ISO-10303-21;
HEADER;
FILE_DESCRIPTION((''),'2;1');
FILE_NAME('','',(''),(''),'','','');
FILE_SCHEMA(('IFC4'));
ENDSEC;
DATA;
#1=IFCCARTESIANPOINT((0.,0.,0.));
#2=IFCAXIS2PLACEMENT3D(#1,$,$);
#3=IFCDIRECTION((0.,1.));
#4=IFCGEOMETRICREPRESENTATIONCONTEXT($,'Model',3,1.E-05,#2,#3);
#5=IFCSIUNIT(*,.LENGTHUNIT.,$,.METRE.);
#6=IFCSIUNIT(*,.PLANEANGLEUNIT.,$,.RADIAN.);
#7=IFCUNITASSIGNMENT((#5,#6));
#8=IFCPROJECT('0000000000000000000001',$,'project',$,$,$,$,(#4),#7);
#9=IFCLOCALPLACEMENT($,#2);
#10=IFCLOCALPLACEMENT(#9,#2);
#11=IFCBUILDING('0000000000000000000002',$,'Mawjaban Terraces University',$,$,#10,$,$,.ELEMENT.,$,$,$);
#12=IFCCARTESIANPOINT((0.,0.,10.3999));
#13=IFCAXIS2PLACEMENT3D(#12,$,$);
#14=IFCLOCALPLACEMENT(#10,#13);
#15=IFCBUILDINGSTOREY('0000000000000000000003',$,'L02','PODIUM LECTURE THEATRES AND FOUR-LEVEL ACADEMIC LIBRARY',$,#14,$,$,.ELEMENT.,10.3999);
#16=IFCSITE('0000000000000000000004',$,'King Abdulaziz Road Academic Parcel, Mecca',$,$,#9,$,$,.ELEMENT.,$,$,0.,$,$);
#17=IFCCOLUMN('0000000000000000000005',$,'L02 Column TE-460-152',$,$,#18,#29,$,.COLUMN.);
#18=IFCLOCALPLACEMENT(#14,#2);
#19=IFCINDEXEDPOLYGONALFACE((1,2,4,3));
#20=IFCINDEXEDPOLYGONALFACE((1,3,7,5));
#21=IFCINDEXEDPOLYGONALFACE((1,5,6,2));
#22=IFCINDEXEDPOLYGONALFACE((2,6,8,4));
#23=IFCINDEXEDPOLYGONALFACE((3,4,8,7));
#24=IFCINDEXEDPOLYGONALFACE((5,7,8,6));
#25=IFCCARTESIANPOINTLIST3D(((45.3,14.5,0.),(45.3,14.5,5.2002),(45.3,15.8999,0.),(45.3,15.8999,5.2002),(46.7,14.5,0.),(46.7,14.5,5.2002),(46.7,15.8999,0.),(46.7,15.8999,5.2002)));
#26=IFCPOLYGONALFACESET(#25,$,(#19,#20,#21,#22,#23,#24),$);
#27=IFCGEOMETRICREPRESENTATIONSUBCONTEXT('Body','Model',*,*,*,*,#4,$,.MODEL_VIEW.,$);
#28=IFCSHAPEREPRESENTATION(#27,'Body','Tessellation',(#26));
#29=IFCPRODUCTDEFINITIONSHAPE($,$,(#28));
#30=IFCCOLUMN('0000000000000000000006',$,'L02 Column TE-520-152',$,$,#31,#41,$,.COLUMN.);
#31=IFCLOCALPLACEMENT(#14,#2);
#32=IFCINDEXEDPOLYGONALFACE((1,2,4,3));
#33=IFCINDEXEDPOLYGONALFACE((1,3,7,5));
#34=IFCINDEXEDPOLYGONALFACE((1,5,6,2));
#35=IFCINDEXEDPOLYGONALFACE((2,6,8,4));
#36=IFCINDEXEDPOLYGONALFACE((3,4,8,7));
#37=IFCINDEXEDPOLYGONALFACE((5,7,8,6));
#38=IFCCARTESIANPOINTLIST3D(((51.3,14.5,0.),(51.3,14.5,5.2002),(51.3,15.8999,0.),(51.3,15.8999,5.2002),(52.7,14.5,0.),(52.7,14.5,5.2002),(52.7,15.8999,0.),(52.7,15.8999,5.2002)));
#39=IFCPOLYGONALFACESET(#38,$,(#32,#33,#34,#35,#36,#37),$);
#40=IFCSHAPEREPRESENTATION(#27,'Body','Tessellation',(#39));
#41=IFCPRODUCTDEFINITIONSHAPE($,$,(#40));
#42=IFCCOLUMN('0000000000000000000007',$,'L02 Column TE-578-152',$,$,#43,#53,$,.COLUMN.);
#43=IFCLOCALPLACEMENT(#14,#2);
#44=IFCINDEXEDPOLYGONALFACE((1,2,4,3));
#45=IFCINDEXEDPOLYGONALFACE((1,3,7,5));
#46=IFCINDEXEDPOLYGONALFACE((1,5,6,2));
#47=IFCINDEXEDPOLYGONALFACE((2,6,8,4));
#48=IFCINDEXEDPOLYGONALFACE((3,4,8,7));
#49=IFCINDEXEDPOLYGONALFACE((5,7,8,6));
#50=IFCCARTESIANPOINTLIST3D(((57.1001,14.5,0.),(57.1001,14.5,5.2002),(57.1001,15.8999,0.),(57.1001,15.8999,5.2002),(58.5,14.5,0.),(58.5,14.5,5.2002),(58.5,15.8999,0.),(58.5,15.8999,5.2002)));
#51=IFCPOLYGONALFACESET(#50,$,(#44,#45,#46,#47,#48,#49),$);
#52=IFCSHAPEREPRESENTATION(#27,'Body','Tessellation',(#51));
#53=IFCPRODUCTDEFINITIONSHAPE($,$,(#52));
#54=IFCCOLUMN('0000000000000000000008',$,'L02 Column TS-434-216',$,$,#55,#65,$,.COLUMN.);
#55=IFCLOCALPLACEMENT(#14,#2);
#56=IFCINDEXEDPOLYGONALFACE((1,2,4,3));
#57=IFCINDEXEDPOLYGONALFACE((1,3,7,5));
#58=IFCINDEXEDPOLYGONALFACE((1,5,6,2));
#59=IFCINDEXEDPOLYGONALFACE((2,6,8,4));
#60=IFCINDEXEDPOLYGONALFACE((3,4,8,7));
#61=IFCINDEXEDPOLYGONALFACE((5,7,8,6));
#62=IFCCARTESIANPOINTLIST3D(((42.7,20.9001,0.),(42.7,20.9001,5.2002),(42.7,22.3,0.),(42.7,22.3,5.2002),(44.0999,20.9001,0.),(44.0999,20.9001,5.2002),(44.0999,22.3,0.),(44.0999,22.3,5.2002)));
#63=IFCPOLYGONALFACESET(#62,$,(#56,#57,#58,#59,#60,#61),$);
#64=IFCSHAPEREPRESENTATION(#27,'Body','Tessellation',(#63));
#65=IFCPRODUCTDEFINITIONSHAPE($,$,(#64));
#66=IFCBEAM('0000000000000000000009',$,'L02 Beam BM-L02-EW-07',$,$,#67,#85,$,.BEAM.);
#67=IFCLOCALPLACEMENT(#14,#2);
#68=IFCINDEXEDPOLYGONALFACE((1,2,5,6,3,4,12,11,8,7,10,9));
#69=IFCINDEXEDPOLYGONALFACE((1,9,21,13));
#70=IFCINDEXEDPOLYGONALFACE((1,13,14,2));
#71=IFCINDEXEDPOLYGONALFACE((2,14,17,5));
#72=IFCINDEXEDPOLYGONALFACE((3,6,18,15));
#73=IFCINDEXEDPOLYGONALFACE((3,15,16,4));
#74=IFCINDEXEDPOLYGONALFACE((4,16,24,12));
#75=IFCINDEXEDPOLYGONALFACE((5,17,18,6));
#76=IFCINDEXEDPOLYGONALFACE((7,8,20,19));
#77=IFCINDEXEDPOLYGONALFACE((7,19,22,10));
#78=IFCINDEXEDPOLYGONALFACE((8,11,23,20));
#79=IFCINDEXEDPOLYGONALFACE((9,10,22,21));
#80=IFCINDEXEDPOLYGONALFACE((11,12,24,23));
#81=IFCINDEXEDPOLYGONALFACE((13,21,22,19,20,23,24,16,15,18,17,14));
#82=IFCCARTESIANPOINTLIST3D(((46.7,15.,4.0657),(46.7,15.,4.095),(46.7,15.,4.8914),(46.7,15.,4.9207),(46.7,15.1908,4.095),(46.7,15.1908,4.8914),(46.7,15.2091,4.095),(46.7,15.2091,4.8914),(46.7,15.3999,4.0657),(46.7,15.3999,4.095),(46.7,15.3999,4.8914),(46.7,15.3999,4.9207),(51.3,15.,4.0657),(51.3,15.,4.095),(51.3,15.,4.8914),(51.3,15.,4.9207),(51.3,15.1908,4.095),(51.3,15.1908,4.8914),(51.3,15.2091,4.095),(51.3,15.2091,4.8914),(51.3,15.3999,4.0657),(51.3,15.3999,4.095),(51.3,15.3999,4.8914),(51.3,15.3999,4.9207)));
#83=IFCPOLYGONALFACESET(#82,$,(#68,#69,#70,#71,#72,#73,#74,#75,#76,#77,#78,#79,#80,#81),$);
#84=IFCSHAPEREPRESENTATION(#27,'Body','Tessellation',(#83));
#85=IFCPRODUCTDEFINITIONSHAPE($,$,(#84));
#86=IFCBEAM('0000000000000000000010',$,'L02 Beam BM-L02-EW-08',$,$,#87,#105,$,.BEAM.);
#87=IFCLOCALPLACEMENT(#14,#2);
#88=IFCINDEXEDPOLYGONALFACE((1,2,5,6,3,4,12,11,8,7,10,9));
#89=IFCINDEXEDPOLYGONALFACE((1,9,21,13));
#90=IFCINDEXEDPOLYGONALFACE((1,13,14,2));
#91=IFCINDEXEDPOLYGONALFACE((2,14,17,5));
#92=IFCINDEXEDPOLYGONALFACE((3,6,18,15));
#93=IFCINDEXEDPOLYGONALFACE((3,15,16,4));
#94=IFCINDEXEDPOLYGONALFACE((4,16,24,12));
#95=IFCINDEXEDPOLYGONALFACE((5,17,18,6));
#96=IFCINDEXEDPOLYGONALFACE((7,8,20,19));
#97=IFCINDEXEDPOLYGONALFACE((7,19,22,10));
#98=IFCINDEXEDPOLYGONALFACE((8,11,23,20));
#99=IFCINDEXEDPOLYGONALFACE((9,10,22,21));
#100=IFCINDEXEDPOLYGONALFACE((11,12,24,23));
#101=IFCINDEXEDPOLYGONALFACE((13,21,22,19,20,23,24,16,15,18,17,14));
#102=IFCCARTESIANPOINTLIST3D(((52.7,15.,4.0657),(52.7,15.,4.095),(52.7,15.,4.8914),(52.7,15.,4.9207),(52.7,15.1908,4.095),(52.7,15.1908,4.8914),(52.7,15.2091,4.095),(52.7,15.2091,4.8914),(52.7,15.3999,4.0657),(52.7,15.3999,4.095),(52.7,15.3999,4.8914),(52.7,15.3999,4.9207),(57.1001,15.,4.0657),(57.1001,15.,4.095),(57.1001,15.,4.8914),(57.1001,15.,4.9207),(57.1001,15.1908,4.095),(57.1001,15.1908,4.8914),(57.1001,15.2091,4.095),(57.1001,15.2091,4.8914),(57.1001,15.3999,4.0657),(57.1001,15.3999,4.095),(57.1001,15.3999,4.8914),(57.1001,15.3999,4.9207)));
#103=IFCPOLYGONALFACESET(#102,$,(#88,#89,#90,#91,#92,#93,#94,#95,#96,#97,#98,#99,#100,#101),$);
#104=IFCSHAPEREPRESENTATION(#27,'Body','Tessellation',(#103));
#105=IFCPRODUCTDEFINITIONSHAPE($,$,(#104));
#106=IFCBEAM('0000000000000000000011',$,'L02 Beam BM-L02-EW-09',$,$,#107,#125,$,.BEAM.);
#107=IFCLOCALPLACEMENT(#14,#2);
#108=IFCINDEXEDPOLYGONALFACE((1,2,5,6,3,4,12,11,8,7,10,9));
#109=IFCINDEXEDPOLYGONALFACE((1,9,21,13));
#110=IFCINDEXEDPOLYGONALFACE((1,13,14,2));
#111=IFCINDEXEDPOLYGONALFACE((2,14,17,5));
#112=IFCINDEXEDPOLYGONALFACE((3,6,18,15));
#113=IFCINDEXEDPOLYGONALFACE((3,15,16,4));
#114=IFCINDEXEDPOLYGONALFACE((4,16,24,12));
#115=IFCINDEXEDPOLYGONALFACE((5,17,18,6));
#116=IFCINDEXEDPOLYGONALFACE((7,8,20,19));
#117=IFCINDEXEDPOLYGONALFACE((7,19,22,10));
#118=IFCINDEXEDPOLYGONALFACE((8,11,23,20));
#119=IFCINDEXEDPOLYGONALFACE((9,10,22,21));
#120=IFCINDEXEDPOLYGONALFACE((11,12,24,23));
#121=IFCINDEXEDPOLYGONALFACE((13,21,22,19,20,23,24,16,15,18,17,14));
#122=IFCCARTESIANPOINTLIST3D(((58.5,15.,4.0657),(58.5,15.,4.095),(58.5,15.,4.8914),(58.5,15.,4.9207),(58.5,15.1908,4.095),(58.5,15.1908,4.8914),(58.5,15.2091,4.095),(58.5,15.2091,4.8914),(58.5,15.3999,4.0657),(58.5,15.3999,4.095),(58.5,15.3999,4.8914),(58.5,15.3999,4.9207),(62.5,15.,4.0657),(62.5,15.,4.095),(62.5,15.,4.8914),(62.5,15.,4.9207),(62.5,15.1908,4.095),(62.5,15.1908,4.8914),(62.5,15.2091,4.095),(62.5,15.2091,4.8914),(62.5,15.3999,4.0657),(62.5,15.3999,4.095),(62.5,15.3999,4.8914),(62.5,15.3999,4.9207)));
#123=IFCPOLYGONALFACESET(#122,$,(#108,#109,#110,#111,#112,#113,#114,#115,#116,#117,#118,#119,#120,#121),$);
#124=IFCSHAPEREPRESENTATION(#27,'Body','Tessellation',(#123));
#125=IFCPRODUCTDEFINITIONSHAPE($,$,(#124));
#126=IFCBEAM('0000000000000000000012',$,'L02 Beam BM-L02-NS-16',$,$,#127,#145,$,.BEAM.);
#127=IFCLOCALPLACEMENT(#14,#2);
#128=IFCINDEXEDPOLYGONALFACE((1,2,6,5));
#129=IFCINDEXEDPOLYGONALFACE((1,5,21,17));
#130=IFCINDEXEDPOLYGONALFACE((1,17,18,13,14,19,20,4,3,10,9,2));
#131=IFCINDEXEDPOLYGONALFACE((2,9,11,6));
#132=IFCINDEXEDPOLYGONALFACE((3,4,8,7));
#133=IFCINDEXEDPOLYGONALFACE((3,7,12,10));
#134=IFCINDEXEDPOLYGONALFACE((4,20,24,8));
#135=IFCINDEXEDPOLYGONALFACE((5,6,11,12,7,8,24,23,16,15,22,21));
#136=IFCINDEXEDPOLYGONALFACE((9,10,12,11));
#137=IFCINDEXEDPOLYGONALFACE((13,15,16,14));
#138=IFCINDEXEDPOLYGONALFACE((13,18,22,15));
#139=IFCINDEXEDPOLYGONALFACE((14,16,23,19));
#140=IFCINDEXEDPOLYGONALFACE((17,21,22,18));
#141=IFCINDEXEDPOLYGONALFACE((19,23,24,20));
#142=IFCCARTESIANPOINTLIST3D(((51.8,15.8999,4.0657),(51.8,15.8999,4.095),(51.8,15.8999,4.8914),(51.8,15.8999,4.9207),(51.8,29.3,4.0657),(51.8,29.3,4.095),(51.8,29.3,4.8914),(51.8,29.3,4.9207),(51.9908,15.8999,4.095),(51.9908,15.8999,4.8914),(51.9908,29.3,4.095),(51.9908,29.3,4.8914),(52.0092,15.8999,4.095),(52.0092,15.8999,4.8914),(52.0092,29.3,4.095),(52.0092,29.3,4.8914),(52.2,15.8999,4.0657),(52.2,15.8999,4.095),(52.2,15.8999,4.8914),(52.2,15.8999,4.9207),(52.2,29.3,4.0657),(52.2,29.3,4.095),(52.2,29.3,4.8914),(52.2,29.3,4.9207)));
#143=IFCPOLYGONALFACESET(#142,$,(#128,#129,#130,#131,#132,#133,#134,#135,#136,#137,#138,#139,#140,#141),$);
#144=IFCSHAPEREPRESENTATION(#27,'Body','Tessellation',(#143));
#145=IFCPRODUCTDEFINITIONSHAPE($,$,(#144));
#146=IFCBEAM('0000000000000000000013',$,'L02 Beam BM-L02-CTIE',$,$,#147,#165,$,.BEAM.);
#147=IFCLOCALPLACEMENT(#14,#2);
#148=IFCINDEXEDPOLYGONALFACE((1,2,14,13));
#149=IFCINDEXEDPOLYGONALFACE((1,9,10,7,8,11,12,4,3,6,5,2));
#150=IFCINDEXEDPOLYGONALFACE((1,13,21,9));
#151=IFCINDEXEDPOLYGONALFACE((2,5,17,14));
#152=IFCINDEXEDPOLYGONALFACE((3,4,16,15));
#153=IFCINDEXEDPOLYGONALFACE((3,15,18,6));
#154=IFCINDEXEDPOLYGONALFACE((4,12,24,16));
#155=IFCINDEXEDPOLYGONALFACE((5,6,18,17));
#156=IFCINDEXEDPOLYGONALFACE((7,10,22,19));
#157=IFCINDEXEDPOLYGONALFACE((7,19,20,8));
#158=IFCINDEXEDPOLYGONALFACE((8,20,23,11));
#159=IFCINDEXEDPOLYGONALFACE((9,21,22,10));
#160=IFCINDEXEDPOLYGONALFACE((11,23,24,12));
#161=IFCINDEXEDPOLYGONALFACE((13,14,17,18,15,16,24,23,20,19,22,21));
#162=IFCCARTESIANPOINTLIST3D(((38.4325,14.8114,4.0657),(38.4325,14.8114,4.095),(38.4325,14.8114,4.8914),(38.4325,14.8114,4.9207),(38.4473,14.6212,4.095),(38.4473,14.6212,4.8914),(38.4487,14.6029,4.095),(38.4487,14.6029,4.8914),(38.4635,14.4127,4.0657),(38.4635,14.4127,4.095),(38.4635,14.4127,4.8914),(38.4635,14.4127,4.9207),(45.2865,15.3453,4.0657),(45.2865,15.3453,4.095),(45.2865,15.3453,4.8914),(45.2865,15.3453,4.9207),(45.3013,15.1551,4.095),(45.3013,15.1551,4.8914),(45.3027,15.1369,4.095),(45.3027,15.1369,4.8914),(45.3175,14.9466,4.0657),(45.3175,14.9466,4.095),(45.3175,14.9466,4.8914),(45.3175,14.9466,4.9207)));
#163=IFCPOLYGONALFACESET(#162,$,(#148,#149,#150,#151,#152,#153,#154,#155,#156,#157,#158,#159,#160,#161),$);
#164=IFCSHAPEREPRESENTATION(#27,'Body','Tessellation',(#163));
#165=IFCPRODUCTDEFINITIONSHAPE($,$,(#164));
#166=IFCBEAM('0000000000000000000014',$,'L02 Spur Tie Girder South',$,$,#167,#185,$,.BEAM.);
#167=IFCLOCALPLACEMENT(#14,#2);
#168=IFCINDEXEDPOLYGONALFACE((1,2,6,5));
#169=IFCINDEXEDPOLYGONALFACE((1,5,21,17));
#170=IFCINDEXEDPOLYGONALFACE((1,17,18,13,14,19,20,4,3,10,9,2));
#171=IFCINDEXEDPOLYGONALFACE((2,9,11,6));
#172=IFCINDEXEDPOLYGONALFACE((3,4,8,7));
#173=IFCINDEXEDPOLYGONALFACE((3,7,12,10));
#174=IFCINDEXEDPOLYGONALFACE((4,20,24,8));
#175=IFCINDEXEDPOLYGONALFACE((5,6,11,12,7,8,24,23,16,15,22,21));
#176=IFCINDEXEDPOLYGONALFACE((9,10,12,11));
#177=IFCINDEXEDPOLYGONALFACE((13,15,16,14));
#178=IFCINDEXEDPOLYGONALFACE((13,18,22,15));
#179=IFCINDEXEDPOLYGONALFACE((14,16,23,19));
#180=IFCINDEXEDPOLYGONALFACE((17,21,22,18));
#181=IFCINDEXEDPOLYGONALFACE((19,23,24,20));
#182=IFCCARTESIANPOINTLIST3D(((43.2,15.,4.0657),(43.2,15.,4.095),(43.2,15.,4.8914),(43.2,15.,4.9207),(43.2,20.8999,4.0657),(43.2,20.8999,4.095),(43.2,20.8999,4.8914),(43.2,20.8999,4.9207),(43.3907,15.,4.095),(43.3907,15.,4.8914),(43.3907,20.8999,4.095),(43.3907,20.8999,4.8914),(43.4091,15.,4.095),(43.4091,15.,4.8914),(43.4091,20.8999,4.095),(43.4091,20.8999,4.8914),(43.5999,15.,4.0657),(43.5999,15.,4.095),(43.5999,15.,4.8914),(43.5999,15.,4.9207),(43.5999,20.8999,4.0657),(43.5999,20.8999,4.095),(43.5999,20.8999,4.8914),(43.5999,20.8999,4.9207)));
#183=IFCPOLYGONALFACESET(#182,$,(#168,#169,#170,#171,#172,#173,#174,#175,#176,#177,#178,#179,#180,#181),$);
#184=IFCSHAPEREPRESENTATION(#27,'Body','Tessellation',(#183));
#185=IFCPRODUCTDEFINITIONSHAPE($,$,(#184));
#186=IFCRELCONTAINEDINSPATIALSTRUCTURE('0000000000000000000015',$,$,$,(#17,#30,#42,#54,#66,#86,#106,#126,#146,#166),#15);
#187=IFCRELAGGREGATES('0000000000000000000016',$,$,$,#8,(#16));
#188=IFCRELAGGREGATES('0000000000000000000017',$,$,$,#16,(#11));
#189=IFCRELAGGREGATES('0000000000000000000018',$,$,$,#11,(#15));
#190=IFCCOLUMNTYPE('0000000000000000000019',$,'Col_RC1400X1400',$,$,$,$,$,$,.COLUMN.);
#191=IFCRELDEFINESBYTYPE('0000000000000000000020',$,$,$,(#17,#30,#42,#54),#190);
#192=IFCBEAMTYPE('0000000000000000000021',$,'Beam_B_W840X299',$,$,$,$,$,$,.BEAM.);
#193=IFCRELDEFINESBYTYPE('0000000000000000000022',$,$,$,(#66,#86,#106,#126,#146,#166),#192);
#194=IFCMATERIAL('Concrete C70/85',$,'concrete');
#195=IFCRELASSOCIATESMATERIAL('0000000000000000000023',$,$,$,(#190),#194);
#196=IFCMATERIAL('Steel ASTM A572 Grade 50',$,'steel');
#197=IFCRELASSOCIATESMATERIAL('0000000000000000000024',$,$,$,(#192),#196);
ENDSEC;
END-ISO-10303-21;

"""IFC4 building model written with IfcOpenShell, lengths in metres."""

from ifc_helpers import new_model, si_unit, direction, frame, origin, origin_2d, place, context, subcontext, project, spatial, rectangle, i_section, extrude, material, material_profile, profile_set, type_object, element, save


model = new_model("IFC4")

# Units and contexts
model_context = context("Model", 3, precision=1e-05, world=origin(), true_north=direction((0.0, 1.0)))
body_context = subcontext(model_context, "Body", "Model", "MODEL_VIEW")
ifc_project = project(units=[si_unit("LENGTHUNIT", "METRE"), si_unit("PLANEANGLEUNIT", "RADIAN")], contexts=[model_context])

# Site, building, storey
site_placement = place(None, origin())
site = spatial("IfcSite", under=ifc_project, at=site_placement, Name="King Abdulaziz Road Academic Parcel, Mecca", CompositionType="ELEMENT", RefElevation=0.0)
building_placement = place(site_placement, origin())
building = spatial("IfcBuilding", under=site, at=building_placement, Name="Mawjaban Terraces University", CompositionType="ELEMENT")
storey_placement = place(building_placement, frame((0.0, 0.0, 10.3999)))
storey = spatial("IfcBuildingStorey", under=building, at=storey_placement, Name="L02", Description="PODIUM LECTURE THEATRES AND FOUR-LEVEL ACADEMIC LIBRARY", CompositionType="ELEMENT", Elevation=10.3999)

# Columns
ifc_material_1 = material(Name="Concrete C70/85", Category="concrete")
ifc_material_profile_1 = material_profile(ifc_material_1, rectangle(XDim=1.3999, YDim=1.3999, at=origin_2d()), Name="RC1400X1400")
ifc_profile_set_1 = profile_set([ifc_material_profile_1], Name="Concrete C70/85")
column_type = type_object("IfcColumnType", Name="Col_RC1400X1400", PredefinedType="COLUMN", material=ifc_profile_set_1)
for number, where, z_axis, x_axis, name in (
    (1, (46.0, 15.2, 0.0), (0.0, 0.0, 1.0), (1.0, 0.0, 0.0), "L02 Column TE-460-152"),
    (2, (52.0, 15.2, 0.0), (0.0, 0.0, 1.0), (1.0, 0.0, 0.0), "L02 Column TE-520-152"),
    (3, (57.8, 15.2, 0.0), (0.0, 0.0, 1.0), (1.0, 0.0, 0.0), "L02 Column TE-578-152"),
    (4, (43.3999, 21.6001, 0.0), (0.0, 0.0, 1.0), (1.0, 0.0, 0.0), "L02 Column TS-434-216"),
):
    element("IfcColumn", number, at=place(storey_placement, frame(where, z_axis=z_axis, x_axis=x_axis)), inside=storey, type_object=column_type, Name=name, PredefinedType="COLUMN", context=body_context, shape_type="SweptSolid", body=[
        extrude(rectangle(XDim=1.3999, YDim=1.3999, at=origin_2d()), origin(), (0.0, 0.0, 1.0), 5.2002),
    ])

# Beams
ifc_material_2 = material(Name="Steel ASTM A572 Grade 50", Category="steel")
ifc_material_profile_2 = material_profile(ifc_material_2, i_section(OverallWidth=0.3999, OverallDepth=0.855, WebThickness=0.0183, FlangeThickness=0.0293, at=origin_2d()), Name="W840X299")
ifc_profile_set_2 = profile_set([ifc_material_profile_2], Name="Steel ASTM A572 Grade 50")
beam_type_1 = type_object("IfcBeamType", Name="Beam_B_W840X299", PredefinedType="BEAM", material=ifc_profile_set_2)
beam_1_placement = place(storey_placement, frame((46.7, 15.2, 4.4932), z_axis=(1.0, 0.0, 0.0), x_axis=(0.0, 1.0, 0.0)))
element("IfcBeam", 5, at=beam_1_placement, inside=storey, type_object=beam_type_1, Name="L02 Beam BM-L02-EW-07", PredefinedType="BEAM", context=body_context, shape_type="SweptSolid", body=[
    extrude(i_section(OverallWidth=0.3999, OverallDepth=0.855, WebThickness=0.0183, FlangeThickness=0.0293, at=origin_2d()), origin(), (0.0, 0.0, 1.0), 4.6001),
])
beam_2_placement = place(storey_placement, frame((52.7, 15.2, 4.4932), z_axis=(1.0, 0.0, 0.0), x_axis=(0.0, 1.0, 0.0)))
element("IfcBeam", 6, at=beam_2_placement, inside=storey, type_object=beam_type_1, Name="L02 Beam BM-L02-EW-08", PredefinedType="BEAM", context=body_context, shape_type="SweptSolid", body=[
    extrude(i_section(OverallWidth=0.3999, OverallDepth=0.855, WebThickness=0.0183, FlangeThickness=0.0293, at=origin_2d()), origin(), (0.0, 0.0, 1.0), 4.4001),
])
beam_3_placement = place(storey_placement, frame((58.5, 15.2, 4.4932), z_axis=(1.0, 0.0, 0.0), x_axis=(0.0, 1.0, 0.0)))
element("IfcBeam", 7, at=beam_3_placement, inside=storey, type_object=beam_type_1, Name="L02 Beam BM-L02-EW-09", PredefinedType="BEAM", context=body_context, shape_type="SweptSolid", body=[
    extrude(i_section(OverallWidth=0.3999, OverallDepth=0.855, WebThickness=0.0183, FlangeThickness=0.0293, at=origin_2d()), origin(), (0.0, 0.0, 1.0), 4.0),
])
beam_4_placement = place(storey_placement, frame((52.0, 15.8999, 4.4932), z_axis=(0.0, 1.0, 0.0), x_axis=(-1.0, 0.0, 0.0)))
element("IfcBeam", 8, at=beam_4_placement, inside=storey, type_object=beam_type_1, Name="L02 Beam BM-L02-NS-16", PredefinedType="BEAM", context=body_context, shape_type="SweptSolid", body=[
    extrude(i_section(OverallWidth=0.3999, OverallDepth=0.855, WebThickness=0.0183, FlangeThickness=0.0293, at=origin_2d()), origin(), (0.0, 0.0, 1.0), 13.4001),
])
beam_5_placement = place(storey_placement, frame((38.448, 14.6121, 4.4932), z_axis=(0.996979, 0.077666, 0.0), x_axis=(-0.077666, 0.996979, 0.0)))
element("IfcBeam", 9, at=beam_5_placement, inside=storey, type_object=beam_type_1, Name="L02 Beam BM-L02-CTIE", PredefinedType="BEAM", context=body_context, shape_type="SweptSolid", body=[
    extrude(i_section(OverallWidth=0.3999, OverallDepth=0.855, WebThickness=0.0183, FlangeThickness=0.0293, at=origin_2d()), origin(), (0.0, 0.0, 1.0), 6.8748),
])
beam_6_placement = place(storey_placement, frame((43.3999, 15.0, 4.4932), z_axis=(0.0, 1.0, 0.0), x_axis=(-1.0, 0.0, 0.0)))
element("IfcBeam", 10, at=beam_6_placement, inside=storey, type_object=beam_type_1, Name="L02 Spur Tie Girder South", PredefinedType="BEAM", context=body_context, shape_type="SweptSolid", body=[
    extrude(i_section(OverallWidth=0.3999, OverallDepth=0.855, WebThickness=0.0183, FlangeThickness=0.0293, at=origin_2d()), origin(), (0.0, 0.0, 1.0), 5.8999),
])

save(model, "model.ifc")
